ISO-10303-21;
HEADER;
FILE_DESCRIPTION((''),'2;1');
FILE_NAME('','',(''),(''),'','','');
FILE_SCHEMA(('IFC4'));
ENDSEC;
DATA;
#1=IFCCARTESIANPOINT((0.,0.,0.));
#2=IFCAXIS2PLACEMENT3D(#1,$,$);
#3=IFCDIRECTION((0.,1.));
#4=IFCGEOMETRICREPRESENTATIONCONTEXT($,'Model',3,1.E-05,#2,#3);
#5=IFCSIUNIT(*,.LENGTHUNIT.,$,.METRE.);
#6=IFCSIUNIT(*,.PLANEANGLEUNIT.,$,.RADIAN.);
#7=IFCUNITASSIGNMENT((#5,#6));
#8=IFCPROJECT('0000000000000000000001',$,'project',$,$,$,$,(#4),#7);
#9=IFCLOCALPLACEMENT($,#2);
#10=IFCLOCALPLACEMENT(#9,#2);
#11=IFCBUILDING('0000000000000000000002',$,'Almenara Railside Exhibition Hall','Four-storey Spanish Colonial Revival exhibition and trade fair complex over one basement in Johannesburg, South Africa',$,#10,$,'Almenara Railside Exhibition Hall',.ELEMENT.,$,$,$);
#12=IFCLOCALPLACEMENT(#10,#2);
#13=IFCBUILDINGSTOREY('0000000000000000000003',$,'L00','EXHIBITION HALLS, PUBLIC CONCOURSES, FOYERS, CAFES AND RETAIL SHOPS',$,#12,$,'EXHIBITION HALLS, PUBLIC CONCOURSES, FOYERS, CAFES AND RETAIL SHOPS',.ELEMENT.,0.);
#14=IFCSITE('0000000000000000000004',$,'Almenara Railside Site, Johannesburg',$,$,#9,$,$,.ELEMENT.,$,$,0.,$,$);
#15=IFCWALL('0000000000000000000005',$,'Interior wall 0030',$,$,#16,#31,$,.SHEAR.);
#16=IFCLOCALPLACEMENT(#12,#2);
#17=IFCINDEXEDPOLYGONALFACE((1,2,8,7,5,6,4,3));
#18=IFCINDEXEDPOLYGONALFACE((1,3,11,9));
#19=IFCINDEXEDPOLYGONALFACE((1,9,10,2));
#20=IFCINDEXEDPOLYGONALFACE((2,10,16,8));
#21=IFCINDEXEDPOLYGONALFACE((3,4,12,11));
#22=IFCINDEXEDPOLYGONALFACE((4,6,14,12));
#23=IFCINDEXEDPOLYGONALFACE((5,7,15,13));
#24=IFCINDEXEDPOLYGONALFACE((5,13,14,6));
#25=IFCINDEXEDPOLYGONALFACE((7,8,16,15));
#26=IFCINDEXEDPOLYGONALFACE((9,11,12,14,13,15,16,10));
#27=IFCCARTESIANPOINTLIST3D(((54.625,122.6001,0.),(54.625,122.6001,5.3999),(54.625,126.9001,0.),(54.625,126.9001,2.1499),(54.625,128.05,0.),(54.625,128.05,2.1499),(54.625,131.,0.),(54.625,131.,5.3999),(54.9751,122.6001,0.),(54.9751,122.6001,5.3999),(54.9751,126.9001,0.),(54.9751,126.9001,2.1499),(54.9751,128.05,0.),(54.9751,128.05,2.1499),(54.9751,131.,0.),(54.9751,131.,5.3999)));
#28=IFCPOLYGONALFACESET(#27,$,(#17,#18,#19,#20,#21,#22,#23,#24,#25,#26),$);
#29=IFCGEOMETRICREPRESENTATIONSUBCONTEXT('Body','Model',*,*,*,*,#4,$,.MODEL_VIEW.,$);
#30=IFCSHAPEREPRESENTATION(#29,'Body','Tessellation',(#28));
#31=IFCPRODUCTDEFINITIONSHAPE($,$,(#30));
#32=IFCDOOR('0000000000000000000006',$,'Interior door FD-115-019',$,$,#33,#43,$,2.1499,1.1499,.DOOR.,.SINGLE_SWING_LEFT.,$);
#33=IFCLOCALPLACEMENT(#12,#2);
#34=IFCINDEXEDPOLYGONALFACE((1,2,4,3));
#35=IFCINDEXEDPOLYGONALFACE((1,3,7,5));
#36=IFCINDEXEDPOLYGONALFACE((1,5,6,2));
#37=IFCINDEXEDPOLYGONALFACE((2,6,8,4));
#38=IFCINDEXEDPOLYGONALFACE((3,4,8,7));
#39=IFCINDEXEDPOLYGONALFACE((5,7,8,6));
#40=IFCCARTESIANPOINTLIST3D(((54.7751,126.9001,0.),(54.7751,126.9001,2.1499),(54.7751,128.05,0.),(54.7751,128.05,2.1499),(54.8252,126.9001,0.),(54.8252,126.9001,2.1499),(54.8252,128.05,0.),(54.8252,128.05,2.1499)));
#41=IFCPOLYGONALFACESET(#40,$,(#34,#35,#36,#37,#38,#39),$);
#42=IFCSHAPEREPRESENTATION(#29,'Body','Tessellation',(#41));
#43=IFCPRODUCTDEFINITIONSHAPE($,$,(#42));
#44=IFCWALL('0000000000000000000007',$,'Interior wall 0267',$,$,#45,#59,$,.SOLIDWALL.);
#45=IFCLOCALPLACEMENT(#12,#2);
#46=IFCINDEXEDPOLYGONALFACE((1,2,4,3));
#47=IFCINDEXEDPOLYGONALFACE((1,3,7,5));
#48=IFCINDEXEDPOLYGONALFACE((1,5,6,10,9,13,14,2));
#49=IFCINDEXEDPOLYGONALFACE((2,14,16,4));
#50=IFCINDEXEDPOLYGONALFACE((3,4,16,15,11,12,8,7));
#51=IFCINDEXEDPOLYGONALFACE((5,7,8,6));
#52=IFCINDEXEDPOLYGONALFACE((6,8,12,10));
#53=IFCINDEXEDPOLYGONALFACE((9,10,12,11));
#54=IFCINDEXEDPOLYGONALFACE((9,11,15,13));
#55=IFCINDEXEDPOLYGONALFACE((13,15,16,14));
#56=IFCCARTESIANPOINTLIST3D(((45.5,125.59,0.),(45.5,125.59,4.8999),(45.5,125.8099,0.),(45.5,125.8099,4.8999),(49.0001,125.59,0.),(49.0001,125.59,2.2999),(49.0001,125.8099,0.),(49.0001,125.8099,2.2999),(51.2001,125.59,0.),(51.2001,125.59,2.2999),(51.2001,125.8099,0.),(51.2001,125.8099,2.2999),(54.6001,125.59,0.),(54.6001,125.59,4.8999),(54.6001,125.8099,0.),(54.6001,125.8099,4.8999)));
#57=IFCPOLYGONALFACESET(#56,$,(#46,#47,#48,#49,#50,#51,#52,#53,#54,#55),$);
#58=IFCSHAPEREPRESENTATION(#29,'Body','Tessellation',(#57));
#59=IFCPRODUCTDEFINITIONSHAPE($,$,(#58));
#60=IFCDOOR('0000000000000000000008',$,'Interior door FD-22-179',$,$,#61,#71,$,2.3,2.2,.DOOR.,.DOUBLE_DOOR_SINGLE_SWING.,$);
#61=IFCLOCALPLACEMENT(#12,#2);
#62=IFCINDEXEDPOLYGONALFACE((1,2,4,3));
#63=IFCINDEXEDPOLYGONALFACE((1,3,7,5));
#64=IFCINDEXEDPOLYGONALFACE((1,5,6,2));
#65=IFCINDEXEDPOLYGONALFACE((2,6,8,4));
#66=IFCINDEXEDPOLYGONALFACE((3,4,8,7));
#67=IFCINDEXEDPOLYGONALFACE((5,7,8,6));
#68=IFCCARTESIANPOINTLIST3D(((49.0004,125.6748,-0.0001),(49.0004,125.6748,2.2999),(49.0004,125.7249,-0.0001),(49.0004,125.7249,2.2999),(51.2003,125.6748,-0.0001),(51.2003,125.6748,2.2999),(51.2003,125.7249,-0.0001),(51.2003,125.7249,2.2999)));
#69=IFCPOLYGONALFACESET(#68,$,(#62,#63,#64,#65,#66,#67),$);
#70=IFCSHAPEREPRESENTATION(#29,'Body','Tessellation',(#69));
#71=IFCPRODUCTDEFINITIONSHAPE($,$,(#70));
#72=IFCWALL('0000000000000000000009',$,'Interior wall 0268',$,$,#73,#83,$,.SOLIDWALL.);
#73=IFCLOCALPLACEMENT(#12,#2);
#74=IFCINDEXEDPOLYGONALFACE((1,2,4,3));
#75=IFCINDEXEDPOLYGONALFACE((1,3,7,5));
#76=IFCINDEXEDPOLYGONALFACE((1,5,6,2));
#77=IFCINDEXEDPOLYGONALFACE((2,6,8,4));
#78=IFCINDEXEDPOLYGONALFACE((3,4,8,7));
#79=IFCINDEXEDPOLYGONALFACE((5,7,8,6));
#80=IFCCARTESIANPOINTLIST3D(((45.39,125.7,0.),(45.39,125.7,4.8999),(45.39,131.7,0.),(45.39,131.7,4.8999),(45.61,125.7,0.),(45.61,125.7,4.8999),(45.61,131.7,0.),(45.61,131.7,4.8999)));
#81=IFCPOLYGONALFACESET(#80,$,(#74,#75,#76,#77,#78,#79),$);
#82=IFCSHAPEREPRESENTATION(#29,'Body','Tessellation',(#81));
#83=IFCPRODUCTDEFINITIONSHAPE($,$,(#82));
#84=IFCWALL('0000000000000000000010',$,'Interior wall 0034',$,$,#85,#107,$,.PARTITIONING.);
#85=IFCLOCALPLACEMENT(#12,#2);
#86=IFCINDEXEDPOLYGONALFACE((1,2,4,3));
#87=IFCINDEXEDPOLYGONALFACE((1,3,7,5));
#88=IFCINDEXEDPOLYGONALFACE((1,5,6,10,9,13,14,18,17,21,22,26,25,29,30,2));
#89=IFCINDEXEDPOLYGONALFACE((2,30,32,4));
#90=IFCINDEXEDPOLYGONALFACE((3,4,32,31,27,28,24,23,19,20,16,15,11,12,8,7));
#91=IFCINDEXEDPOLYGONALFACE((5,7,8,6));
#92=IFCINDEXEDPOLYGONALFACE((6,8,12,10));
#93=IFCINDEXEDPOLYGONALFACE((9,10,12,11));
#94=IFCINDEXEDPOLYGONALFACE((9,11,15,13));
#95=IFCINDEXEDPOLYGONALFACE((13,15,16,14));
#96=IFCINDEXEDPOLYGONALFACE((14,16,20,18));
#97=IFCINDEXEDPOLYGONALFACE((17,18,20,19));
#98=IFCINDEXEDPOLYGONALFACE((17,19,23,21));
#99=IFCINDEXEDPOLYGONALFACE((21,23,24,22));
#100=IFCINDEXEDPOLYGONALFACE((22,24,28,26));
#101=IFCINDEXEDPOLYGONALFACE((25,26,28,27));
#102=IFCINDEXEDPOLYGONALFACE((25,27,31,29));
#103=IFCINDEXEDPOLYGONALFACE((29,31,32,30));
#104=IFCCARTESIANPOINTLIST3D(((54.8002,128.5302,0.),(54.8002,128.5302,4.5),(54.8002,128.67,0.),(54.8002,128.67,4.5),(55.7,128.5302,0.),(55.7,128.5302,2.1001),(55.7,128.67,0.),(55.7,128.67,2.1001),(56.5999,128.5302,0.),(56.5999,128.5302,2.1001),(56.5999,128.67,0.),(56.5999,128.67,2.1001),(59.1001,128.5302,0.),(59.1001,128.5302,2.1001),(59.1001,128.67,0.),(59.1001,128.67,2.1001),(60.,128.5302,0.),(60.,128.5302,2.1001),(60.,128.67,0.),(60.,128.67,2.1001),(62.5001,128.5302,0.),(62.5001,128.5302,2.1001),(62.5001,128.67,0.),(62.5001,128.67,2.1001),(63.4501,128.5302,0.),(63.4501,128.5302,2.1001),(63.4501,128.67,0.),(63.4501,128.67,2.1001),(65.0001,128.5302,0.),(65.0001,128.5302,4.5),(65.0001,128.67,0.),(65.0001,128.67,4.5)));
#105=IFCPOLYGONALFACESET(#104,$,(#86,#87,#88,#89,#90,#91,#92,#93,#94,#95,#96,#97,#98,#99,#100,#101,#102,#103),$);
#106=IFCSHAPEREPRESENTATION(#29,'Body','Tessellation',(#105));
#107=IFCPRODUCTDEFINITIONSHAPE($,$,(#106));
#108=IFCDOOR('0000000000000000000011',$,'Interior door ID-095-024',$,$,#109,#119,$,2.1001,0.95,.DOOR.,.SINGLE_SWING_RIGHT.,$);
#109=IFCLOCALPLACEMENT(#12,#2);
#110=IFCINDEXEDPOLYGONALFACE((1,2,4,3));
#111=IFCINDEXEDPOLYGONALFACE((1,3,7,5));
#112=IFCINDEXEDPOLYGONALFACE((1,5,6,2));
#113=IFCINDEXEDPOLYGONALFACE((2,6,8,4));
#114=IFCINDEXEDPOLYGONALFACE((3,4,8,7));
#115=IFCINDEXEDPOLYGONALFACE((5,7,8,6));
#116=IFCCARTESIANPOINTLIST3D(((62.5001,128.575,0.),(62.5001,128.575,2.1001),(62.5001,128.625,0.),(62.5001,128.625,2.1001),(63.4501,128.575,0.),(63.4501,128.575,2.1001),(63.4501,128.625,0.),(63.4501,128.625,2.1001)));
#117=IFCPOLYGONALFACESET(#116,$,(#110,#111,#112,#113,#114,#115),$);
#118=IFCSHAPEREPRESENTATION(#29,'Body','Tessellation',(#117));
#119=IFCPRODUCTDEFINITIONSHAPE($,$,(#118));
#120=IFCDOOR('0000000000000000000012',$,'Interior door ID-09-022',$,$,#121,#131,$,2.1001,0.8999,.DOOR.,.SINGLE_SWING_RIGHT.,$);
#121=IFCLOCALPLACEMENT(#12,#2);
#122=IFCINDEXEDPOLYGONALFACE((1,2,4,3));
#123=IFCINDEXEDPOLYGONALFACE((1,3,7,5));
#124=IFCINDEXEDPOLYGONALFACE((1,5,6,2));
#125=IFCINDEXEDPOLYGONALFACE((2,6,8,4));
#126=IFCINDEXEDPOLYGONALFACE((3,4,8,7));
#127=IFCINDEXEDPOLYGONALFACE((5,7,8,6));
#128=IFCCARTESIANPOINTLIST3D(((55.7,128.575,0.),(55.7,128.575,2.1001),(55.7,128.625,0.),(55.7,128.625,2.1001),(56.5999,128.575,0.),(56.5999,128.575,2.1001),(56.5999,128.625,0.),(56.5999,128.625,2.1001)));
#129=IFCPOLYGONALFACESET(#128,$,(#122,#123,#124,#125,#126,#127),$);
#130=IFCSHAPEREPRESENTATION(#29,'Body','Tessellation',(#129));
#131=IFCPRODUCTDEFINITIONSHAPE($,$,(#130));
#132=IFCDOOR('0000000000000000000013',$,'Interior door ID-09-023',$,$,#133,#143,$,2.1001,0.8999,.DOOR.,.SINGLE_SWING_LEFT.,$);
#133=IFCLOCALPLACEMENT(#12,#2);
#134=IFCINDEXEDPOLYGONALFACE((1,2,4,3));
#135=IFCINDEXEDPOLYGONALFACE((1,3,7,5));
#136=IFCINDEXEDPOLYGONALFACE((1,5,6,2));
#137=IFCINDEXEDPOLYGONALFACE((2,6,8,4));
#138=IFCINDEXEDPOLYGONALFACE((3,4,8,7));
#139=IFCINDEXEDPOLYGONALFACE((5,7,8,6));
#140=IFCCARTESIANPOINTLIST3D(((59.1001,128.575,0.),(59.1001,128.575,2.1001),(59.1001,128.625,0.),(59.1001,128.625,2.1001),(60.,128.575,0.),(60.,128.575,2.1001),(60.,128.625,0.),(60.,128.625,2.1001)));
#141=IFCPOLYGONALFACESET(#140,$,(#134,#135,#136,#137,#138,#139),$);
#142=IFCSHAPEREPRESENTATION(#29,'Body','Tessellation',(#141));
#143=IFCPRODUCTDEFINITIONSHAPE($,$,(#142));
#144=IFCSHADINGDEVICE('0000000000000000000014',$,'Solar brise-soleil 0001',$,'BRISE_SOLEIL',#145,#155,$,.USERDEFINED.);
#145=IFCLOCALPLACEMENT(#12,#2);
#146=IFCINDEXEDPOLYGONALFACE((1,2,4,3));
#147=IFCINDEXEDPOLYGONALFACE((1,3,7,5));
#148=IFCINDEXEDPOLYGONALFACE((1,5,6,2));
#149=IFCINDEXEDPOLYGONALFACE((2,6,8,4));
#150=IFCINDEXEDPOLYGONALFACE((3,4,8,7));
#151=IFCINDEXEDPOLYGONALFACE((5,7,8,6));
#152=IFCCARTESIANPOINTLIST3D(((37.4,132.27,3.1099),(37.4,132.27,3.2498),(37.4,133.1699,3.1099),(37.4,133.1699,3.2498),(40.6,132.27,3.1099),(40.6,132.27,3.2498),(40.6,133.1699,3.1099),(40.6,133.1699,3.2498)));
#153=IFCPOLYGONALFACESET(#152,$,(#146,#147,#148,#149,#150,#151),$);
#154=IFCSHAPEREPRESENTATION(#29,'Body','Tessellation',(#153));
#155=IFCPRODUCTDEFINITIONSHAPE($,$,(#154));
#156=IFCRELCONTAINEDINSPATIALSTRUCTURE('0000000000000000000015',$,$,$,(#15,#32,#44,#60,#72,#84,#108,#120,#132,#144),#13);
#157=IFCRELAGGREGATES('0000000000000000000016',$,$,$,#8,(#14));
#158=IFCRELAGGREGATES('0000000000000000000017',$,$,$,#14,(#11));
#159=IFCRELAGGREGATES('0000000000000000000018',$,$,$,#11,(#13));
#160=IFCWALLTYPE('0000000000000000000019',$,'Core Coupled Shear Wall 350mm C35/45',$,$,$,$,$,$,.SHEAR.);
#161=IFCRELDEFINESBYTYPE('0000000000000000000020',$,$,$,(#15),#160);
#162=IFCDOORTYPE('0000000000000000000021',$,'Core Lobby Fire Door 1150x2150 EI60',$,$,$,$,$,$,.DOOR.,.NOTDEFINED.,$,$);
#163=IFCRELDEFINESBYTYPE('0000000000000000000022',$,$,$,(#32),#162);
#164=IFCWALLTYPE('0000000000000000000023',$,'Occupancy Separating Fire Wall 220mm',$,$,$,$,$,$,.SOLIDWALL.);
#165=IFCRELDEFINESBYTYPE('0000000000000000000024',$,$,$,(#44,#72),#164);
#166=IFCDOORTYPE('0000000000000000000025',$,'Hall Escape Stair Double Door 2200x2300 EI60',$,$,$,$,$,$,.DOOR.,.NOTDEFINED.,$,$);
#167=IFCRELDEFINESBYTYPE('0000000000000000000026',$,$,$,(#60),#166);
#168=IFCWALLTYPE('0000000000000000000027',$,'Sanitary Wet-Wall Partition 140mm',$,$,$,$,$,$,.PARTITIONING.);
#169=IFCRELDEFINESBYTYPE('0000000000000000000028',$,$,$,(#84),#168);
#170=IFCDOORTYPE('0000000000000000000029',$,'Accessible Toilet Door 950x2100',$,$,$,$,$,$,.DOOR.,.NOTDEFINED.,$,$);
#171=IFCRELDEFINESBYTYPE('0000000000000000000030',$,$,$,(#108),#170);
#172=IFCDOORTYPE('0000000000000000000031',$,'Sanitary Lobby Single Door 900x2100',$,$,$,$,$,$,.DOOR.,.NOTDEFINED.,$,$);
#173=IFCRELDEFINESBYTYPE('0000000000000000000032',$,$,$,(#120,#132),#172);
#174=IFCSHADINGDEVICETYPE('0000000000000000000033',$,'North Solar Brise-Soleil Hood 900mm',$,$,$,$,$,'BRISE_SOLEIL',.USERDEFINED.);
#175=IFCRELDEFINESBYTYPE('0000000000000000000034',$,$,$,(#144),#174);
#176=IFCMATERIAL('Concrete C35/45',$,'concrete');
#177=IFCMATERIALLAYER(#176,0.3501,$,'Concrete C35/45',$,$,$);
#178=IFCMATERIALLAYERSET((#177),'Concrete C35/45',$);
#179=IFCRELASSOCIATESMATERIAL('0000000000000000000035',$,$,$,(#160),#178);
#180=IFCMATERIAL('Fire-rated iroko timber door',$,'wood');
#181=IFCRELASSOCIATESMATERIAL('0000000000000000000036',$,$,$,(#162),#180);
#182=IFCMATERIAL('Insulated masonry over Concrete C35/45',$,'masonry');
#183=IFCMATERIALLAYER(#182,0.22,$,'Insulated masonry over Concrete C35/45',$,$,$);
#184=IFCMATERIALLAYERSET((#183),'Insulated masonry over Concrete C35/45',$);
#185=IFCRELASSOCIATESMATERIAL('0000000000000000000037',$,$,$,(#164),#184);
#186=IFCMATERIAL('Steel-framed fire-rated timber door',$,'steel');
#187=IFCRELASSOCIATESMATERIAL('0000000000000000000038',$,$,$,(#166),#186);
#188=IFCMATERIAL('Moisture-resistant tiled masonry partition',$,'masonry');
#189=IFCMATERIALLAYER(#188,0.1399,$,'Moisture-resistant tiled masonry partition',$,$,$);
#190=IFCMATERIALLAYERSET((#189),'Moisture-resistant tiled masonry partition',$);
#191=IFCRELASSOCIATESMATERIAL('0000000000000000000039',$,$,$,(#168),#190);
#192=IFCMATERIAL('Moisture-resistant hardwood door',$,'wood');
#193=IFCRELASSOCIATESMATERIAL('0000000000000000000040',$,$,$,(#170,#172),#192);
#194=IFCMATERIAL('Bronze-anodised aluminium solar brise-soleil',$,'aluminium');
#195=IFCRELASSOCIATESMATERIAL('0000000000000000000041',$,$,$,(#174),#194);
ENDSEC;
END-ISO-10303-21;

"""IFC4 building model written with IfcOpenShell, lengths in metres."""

from ifc_helpers import new_model, si_unit, direction, frame, frame_2d, origin, origin_2d, place, context, subcontext, project, spatial, rectangle, extrude, material, layer, layer_set, type_object, element, fill, save


model = new_model("IFC4")

# Units and contexts
model_context = context("Model", 3, precision=1e-05, world=origin(), true_north=direction((0.0, 1.0)))
body_context = subcontext(model_context, "Body", "Model", "MODEL_VIEW")
ifc_project = project(units=[si_unit("LENGTHUNIT", "METRE"), si_unit("PLANEANGLEUNIT", "RADIAN")], contexts=[model_context])

# Site, building, storey
site_placement = place(None, origin())
site = spatial("IfcSite", under=ifc_project, at=site_placement, Name="Almenara Railside Site, Johannesburg", CompositionType="ELEMENT", RefElevation=0.0)
building_placement = place(site_placement, origin())
building = spatial("IfcBuilding", under=site, at=building_placement, Name="Almenara Railside Exhibition Hall", Description="Four-storey Spanish Colonial Revival exhibition and trade fair complex over one basement in Johannesburg, South Africa", LongName="Almenara Railside Exhibition Hall", CompositionType="ELEMENT")
storey_placement = place(building_placement, origin())
storey = spatial("IfcBuildingStorey", under=building, at=storey_placement, Name="L00", Description="EXHIBITION HALLS, PUBLIC CONCOURSES, FOYERS, CAFES AND RETAIL SHOPS", LongName="EXHIBITION HALLS, PUBLIC CONCOURSES, FOYERS, CAFES AND RETAIL SHOPS", CompositionType="ELEMENT", Elevation=0.0)

# Shared definitions
ifc_material_1 = material(Name="Concrete C35/45", Category="concrete")
ifc_layer_1 = layer(ifc_material_1, 0.3501, Name="Concrete C35/45")
ifc_layer_set_1 = layer_set([ifc_layer_1], Name="Concrete C35/45")
wall_type_1 = type_object("IfcWallType", Name="Core Coupled Shear Wall 350mm C35/45", PredefinedType="SHEAR", material=ifc_layer_set_1)

# Walls, openings, doors
wall_1_placement = place(storey_placement, frame((54.8, 131.0, 0.0), z_axis=(0.0, 0.0, 1.0), x_axis=(0.0, -1.0, 0.0)))
wall_1 = element("IfcWall", 1, at=wall_1_placement, inside=storey, type_object=wall_type_1, Name="Interior wall 0030", PredefinedType="SHEAR", context=body_context, shape_type="SweptSolid", body=[
    extrude(rectangle(XDim=8.3999, YDim=0.3501, at=frame_2d((4.2, 0.0))), origin(), (0.0, 0.0, 1.0), 5.3999),
])
opening_1_placement = place(wall_1_placement, frame((2.95, 0.0, 0.0)))
opening_1 = element("IfcOpeningElement", 2, at=opening_1_placement, cuts=wall_1, PredefinedType="OPENING", context=body_context, shape_type="SweptSolid", body=[
    extrude(rectangle(XDim=1.1499, YDim=2.1499, at=frame_2d((0.575, 1.075))), frame((0.0, 0.1851, 0.0), z_axis=(0.0, -1.0, 0.0), x_axis=(1.0, 0.0, 0.0)), (0.0, 0.0, 1.0), 0.3701),
])
ifc_material_2 = material(Name="Fire-rated iroko timber door", Category="wood")
door_type_1 = type_object("IfcDoorType", Name="Core Lobby Fire Door 1150x2150 EI60", OperationType="NOTDEFINED", PredefinedType="DOOR", material=ifc_material_2)
door_1_placement = place(opening_1_placement, frame((1.1499, 0.0, 0.0), z_axis=(0.0, 0.0, 1.0), x_axis=(-1.0, 0.0, 0.0)))
door_1 = element("IfcDoor", 3, at=door_1_placement, inside=storey, type_object=door_type_1, Name="Interior door FD-115-019", OperationType="SINGLE_SWING_LEFT", OverallHeight=2.1499, OverallWidth=1.1499, PredefinedType="DOOR", context=body_context, shape_type="SweptSolid", body=[
    extrude(rectangle(XDim=1.1499, YDim=2.1499, at=frame_2d((0.575, 1.075))), frame((0.0, 0.0249, 0.0), z_axis=(0.0, -1.0, 0.0), x_axis=(1.0, 0.0, 0.0)), (0.0, 0.0, 1.0), 0.05),
])
fill(opening_1, door_1)
ifc_material_3 = material(Name="Insulated masonry over Concrete C35/45", Category="masonry")
ifc_layer_2 = layer(ifc_material_3, 0.22, Name="Insulated masonry over Concrete C35/45")
ifc_layer_set_2 = layer_set([ifc_layer_2], Name="Insulated masonry over Concrete C35/45")
wall_type_2 = type_object("IfcWallType", Name="Occupancy Separating Fire Wall 220mm", PredefinedType="SOLIDWALL", material=ifc_layer_set_2)
wall_2_placement = place(storey_placement, frame((54.6001, 125.7, 0.0), z_axis=(0.0, 0.0, 1.0), x_axis=(-1.0, 0.0, 0.0)))
wall_2 = element("IfcWall", 4, at=wall_2_placement, inside=storey, type_object=wall_type_2, Name="Interior wall 0267", PredefinedType="SOLIDWALL", context=body_context, shape_type="SweptSolid", body=[
    extrude(rectangle(XDim=9.1001, YDim=0.22, at=frame_2d((4.55, 0.0))), origin(), (0.0, 0.0, 1.0), 4.8999),
])
opening_2_placement = place(wall_2_placement, frame((3.3999, 0.0, 0.0)))
opening_2 = element("IfcOpeningElement", 5, at=opening_2_placement, cuts=wall_2, PredefinedType="OPENING", context=body_context, shape_type="SweptSolid", body=[
    extrude(rectangle(XDim=2.2, YDim=2.3, at=frame_2d((1.1001, 1.1499))), frame((0.0, 0.1199, 0.0), z_axis=(0.0, -1.0, 0.0), x_axis=(1.0, 0.0, 0.0)), (0.0, 0.0, 1.0), 0.24),
])
ifc_material_4 = material(Name="Steel-framed fire-rated timber door", Category="steel")
door_type_2 = type_object("IfcDoorType", Name="Hall Escape Stair Double Door 2200x2300 EI60", OperationType="NOTDEFINED", PredefinedType="DOOR", material=ifc_material_4)
door_2_placement = place(opening_2_placement, frame((2.2, 0.0, 0.0), z_axis=(0.0, 0.0, 1.0), x_axis=(-1.0, 0.0, 0.0)))
door_2 = element("IfcDoor", 6, at=door_2_placement, inside=storey, type_object=door_type_2, Name="Interior door FD-22-179", OperationType="DOUBLE_DOOR_SINGLE_SWING", OverallHeight=2.3, OverallWidth=2.2, PredefinedType="DOOR", context=body_context, shape_type="SweptSolid", body=[
    extrude(rectangle(XDim=2.2, YDim=2.3, at=frame_2d((1.1001, 1.1499))), frame((0.0, 0.0249, 0.0), z_axis=(0.0, -1.0, 0.0), x_axis=(1.0, 0.0, 0.0)), (0.0, 0.0, 1.0), 0.05),
])
fill(opening_2, door_2)

# Wall
wall_3_placement = place(storey_placement, frame((45.5, 125.7, 0.0), z_axis=(0.0, 0.0, 1.0), x_axis=(0.0, 1.0, 0.0)))
element("IfcWall", 7, at=wall_3_placement, inside=storey, type_object=wall_type_2, Name="Interior wall 0268", PredefinedType="SOLIDWALL", context=body_context, shape_type="SweptSolid", body=[
    extrude(rectangle(XDim=6.0, YDim=0.22, at=frame_2d((3.0, 0.0))), origin(), (0.0, 0.0, 1.0), 4.8999),
])

# Wall, openings, doors
ifc_material_5 = material(Name="Moisture-resistant tiled masonry partition", Category="masonry")
ifc_layer_3 = layer(ifc_material_5, 0.1399, Name="Moisture-resistant tiled masonry partition")
ifc_layer_set_3 = layer_set([ifc_layer_3], Name="Moisture-resistant tiled masonry partition")
wall_type_3 = type_object("IfcWallType", Name="Sanitary Wet-Wall Partition 140mm", PredefinedType="PARTITIONING", material=ifc_layer_set_3)
wall_4_placement = place(storey_placement, frame((54.8, 128.6001, 0.0), z_axis=(0.0, 0.0, 1.0), x_axis=(1.0, 0.0, 0.0)))
wall_4 = element("IfcWall", 8, at=wall_4_placement, inside=storey, type_object=wall_type_3, Name="Interior wall 0034", PredefinedType="PARTITIONING", context=body_context, shape_type="SweptSolid", body=[
    extrude(rectangle(XDim=10.2, YDim=0.1399, at=frame_2d((5.1001, 0.0))), origin(), (0.0, 0.0, 1.0), 4.5),
])
opening_3_placement = place(wall_4_placement, frame((0.8999, 0.0, 0.0)))
opening_3 = element("IfcOpeningElement", 9, at=opening_3_placement, cuts=wall_4, PredefinedType="OPENING", context=body_context, shape_type="SweptSolid", body=[
    extrude(rectangle(XDim=0.8999, YDim=2.1001, at=frame_2d((0.45, 1.05))), frame((0.0, 0.0798, 0.0), z_axis=(0.0, -1.0, 0.0), x_axis=(1.0, 0.0, 0.0)), (0.0, 0.0, 1.0), 0.1599),
])
opening_4_placement = place(wall_4_placement, frame((4.3, 0.0, 0.0)))
opening_4 = element("IfcOpeningElement", 10, at=opening_4_placement, cuts=wall_4, PredefinedType="OPENING", context=body_context, shape_type="SweptSolid", body=[
    extrude(rectangle(XDim=0.8999, YDim=2.1001, at=frame_2d((0.45, 1.05))), frame((0.0, 0.0798, 0.0), z_axis=(0.0, -1.0, 0.0), x_axis=(1.0, 0.0, 0.0)), (0.0, 0.0, 1.0), 0.1599),
])
opening_5_placement = place(wall_4_placement, frame((7.7, 0.0, 0.0)))
opening_5 = element("IfcOpeningElement", 11, at=opening_5_placement, cuts=wall_4, PredefinedType="OPENING", context=body_context, shape_type="SweptSolid", body=[
    extrude(rectangle(XDim=0.95, YDim=2.1001, at=frame_2d((0.4751, 1.05))), frame((0.0, 0.0798, 0.0), z_axis=(0.0, -1.0, 0.0), x_axis=(1.0, 0.0, 0.0)), (0.0, 0.0, 1.0), 0.1599),
])
ifc_material_6 = material(Name="Moisture-resistant hardwood door", Category="wood")
door_type_3 = type_object("IfcDoorType", Name="Accessible Toilet Door 950x2100", OperationType="NOTDEFINED", PredefinedType="DOOR", material=ifc_material_6)
door_3_placement = place(opening_5_placement, origin())
door_3 = element("IfcDoor", 12, at=door_3_placement, inside=storey, type_object=door_type_3, Name="Interior door ID-095-024", OperationType="SINGLE_SWING_RIGHT", OverallHeight=2.1001, OverallWidth=0.95, PredefinedType="DOOR", context=body_context, shape_type="SweptSolid", body=[
    extrude(rectangle(XDim=0.95, YDim=2.1001, at=frame_2d((0.4751, 1.05))), frame((0.0, 0.0249, 0.0), z_axis=(0.0, -1.0, 0.0), x_axis=(1.0, 0.0, 0.0)), (0.0, 0.0, 1.0), 0.05),
])
fill(opening_5, door_3)
door_type_4 = type_object("IfcDoorType", Name="Sanitary Lobby Single Door 900x2100", OperationType="NOTDEFINED", PredefinedType="DOOR", material=ifc_material_6)
door_4_placement = place(opening_3_placement, origin())
door_4 = element("IfcDoor", 13, at=door_4_placement, inside=storey, type_object=door_type_4, Name="Interior door ID-09-022", OperationType="SINGLE_SWING_RIGHT", OverallHeight=2.1001, OverallWidth=0.8999, PredefinedType="DOOR", context=body_context, shape_type="SweptSolid", body=[
    extrude(rectangle(XDim=0.8999, YDim=2.1001, at=frame_2d((0.45, 1.05))), frame((0.0, 0.0249, 0.0), z_axis=(0.0, -1.0, 0.0), x_axis=(1.0, 0.0, 0.0)), (0.0, 0.0, 1.0), 0.05),
])
fill(opening_3, door_4)
door_5_placement = place(opening_4_placement, origin())
door_5 = element("IfcDoor", 14, at=door_5_placement, inside=storey, type_object=door_type_4, Name="Interior door ID-09-023", OperationType="SINGLE_SWING_LEFT", OverallHeight=2.1001, OverallWidth=0.8999, PredefinedType="DOOR", context=body_context, shape_type="SweptSolid", body=[
    extrude(rectangle(XDim=0.8999, YDim=2.1001, at=frame_2d((0.45, 1.05))), frame((0.0, 0.0249, 0.0), z_axis=(0.0, -1.0, 0.0), x_axis=(1.0, 0.0, 0.0)), (0.0, 0.0, 1.0), 0.05),
])
fill(opening_4, door_5)

# Shading device
ifc_material_7 = material(Name="Bronze-anodised aluminium solar brise-soleil", Category="aluminium")
shading_device_type = type_object("IfcShadingDeviceType", Name="North Solar Brise-Soleil Hood 900mm", ElementType="BRISE_SOLEIL", PredefinedType="USERDEFINED", material=ifc_material_7)
shading_device_placement = place(storey_placement, frame((39.0, 132.72, 3.1099), z_axis=(0.0, 0.0, 1.0), x_axis=(-1.0, 0.0, 0.0)))
element("IfcShadingDevice", 15, at=shading_device_placement, inside=storey, type_object=shading_device_type, Name="Solar brise-soleil 0001", ObjectType="BRISE_SOLEIL", PredefinedType="USERDEFINED", context=body_context, shape_type="SweptSolid", body=[
    extrude(rectangle(XDim=3.2, YDim=0.8999, at=origin_2d()), origin(), (0.0, 0.0, 1.0), 0.1399),
])

save(model, "model.ifc")
